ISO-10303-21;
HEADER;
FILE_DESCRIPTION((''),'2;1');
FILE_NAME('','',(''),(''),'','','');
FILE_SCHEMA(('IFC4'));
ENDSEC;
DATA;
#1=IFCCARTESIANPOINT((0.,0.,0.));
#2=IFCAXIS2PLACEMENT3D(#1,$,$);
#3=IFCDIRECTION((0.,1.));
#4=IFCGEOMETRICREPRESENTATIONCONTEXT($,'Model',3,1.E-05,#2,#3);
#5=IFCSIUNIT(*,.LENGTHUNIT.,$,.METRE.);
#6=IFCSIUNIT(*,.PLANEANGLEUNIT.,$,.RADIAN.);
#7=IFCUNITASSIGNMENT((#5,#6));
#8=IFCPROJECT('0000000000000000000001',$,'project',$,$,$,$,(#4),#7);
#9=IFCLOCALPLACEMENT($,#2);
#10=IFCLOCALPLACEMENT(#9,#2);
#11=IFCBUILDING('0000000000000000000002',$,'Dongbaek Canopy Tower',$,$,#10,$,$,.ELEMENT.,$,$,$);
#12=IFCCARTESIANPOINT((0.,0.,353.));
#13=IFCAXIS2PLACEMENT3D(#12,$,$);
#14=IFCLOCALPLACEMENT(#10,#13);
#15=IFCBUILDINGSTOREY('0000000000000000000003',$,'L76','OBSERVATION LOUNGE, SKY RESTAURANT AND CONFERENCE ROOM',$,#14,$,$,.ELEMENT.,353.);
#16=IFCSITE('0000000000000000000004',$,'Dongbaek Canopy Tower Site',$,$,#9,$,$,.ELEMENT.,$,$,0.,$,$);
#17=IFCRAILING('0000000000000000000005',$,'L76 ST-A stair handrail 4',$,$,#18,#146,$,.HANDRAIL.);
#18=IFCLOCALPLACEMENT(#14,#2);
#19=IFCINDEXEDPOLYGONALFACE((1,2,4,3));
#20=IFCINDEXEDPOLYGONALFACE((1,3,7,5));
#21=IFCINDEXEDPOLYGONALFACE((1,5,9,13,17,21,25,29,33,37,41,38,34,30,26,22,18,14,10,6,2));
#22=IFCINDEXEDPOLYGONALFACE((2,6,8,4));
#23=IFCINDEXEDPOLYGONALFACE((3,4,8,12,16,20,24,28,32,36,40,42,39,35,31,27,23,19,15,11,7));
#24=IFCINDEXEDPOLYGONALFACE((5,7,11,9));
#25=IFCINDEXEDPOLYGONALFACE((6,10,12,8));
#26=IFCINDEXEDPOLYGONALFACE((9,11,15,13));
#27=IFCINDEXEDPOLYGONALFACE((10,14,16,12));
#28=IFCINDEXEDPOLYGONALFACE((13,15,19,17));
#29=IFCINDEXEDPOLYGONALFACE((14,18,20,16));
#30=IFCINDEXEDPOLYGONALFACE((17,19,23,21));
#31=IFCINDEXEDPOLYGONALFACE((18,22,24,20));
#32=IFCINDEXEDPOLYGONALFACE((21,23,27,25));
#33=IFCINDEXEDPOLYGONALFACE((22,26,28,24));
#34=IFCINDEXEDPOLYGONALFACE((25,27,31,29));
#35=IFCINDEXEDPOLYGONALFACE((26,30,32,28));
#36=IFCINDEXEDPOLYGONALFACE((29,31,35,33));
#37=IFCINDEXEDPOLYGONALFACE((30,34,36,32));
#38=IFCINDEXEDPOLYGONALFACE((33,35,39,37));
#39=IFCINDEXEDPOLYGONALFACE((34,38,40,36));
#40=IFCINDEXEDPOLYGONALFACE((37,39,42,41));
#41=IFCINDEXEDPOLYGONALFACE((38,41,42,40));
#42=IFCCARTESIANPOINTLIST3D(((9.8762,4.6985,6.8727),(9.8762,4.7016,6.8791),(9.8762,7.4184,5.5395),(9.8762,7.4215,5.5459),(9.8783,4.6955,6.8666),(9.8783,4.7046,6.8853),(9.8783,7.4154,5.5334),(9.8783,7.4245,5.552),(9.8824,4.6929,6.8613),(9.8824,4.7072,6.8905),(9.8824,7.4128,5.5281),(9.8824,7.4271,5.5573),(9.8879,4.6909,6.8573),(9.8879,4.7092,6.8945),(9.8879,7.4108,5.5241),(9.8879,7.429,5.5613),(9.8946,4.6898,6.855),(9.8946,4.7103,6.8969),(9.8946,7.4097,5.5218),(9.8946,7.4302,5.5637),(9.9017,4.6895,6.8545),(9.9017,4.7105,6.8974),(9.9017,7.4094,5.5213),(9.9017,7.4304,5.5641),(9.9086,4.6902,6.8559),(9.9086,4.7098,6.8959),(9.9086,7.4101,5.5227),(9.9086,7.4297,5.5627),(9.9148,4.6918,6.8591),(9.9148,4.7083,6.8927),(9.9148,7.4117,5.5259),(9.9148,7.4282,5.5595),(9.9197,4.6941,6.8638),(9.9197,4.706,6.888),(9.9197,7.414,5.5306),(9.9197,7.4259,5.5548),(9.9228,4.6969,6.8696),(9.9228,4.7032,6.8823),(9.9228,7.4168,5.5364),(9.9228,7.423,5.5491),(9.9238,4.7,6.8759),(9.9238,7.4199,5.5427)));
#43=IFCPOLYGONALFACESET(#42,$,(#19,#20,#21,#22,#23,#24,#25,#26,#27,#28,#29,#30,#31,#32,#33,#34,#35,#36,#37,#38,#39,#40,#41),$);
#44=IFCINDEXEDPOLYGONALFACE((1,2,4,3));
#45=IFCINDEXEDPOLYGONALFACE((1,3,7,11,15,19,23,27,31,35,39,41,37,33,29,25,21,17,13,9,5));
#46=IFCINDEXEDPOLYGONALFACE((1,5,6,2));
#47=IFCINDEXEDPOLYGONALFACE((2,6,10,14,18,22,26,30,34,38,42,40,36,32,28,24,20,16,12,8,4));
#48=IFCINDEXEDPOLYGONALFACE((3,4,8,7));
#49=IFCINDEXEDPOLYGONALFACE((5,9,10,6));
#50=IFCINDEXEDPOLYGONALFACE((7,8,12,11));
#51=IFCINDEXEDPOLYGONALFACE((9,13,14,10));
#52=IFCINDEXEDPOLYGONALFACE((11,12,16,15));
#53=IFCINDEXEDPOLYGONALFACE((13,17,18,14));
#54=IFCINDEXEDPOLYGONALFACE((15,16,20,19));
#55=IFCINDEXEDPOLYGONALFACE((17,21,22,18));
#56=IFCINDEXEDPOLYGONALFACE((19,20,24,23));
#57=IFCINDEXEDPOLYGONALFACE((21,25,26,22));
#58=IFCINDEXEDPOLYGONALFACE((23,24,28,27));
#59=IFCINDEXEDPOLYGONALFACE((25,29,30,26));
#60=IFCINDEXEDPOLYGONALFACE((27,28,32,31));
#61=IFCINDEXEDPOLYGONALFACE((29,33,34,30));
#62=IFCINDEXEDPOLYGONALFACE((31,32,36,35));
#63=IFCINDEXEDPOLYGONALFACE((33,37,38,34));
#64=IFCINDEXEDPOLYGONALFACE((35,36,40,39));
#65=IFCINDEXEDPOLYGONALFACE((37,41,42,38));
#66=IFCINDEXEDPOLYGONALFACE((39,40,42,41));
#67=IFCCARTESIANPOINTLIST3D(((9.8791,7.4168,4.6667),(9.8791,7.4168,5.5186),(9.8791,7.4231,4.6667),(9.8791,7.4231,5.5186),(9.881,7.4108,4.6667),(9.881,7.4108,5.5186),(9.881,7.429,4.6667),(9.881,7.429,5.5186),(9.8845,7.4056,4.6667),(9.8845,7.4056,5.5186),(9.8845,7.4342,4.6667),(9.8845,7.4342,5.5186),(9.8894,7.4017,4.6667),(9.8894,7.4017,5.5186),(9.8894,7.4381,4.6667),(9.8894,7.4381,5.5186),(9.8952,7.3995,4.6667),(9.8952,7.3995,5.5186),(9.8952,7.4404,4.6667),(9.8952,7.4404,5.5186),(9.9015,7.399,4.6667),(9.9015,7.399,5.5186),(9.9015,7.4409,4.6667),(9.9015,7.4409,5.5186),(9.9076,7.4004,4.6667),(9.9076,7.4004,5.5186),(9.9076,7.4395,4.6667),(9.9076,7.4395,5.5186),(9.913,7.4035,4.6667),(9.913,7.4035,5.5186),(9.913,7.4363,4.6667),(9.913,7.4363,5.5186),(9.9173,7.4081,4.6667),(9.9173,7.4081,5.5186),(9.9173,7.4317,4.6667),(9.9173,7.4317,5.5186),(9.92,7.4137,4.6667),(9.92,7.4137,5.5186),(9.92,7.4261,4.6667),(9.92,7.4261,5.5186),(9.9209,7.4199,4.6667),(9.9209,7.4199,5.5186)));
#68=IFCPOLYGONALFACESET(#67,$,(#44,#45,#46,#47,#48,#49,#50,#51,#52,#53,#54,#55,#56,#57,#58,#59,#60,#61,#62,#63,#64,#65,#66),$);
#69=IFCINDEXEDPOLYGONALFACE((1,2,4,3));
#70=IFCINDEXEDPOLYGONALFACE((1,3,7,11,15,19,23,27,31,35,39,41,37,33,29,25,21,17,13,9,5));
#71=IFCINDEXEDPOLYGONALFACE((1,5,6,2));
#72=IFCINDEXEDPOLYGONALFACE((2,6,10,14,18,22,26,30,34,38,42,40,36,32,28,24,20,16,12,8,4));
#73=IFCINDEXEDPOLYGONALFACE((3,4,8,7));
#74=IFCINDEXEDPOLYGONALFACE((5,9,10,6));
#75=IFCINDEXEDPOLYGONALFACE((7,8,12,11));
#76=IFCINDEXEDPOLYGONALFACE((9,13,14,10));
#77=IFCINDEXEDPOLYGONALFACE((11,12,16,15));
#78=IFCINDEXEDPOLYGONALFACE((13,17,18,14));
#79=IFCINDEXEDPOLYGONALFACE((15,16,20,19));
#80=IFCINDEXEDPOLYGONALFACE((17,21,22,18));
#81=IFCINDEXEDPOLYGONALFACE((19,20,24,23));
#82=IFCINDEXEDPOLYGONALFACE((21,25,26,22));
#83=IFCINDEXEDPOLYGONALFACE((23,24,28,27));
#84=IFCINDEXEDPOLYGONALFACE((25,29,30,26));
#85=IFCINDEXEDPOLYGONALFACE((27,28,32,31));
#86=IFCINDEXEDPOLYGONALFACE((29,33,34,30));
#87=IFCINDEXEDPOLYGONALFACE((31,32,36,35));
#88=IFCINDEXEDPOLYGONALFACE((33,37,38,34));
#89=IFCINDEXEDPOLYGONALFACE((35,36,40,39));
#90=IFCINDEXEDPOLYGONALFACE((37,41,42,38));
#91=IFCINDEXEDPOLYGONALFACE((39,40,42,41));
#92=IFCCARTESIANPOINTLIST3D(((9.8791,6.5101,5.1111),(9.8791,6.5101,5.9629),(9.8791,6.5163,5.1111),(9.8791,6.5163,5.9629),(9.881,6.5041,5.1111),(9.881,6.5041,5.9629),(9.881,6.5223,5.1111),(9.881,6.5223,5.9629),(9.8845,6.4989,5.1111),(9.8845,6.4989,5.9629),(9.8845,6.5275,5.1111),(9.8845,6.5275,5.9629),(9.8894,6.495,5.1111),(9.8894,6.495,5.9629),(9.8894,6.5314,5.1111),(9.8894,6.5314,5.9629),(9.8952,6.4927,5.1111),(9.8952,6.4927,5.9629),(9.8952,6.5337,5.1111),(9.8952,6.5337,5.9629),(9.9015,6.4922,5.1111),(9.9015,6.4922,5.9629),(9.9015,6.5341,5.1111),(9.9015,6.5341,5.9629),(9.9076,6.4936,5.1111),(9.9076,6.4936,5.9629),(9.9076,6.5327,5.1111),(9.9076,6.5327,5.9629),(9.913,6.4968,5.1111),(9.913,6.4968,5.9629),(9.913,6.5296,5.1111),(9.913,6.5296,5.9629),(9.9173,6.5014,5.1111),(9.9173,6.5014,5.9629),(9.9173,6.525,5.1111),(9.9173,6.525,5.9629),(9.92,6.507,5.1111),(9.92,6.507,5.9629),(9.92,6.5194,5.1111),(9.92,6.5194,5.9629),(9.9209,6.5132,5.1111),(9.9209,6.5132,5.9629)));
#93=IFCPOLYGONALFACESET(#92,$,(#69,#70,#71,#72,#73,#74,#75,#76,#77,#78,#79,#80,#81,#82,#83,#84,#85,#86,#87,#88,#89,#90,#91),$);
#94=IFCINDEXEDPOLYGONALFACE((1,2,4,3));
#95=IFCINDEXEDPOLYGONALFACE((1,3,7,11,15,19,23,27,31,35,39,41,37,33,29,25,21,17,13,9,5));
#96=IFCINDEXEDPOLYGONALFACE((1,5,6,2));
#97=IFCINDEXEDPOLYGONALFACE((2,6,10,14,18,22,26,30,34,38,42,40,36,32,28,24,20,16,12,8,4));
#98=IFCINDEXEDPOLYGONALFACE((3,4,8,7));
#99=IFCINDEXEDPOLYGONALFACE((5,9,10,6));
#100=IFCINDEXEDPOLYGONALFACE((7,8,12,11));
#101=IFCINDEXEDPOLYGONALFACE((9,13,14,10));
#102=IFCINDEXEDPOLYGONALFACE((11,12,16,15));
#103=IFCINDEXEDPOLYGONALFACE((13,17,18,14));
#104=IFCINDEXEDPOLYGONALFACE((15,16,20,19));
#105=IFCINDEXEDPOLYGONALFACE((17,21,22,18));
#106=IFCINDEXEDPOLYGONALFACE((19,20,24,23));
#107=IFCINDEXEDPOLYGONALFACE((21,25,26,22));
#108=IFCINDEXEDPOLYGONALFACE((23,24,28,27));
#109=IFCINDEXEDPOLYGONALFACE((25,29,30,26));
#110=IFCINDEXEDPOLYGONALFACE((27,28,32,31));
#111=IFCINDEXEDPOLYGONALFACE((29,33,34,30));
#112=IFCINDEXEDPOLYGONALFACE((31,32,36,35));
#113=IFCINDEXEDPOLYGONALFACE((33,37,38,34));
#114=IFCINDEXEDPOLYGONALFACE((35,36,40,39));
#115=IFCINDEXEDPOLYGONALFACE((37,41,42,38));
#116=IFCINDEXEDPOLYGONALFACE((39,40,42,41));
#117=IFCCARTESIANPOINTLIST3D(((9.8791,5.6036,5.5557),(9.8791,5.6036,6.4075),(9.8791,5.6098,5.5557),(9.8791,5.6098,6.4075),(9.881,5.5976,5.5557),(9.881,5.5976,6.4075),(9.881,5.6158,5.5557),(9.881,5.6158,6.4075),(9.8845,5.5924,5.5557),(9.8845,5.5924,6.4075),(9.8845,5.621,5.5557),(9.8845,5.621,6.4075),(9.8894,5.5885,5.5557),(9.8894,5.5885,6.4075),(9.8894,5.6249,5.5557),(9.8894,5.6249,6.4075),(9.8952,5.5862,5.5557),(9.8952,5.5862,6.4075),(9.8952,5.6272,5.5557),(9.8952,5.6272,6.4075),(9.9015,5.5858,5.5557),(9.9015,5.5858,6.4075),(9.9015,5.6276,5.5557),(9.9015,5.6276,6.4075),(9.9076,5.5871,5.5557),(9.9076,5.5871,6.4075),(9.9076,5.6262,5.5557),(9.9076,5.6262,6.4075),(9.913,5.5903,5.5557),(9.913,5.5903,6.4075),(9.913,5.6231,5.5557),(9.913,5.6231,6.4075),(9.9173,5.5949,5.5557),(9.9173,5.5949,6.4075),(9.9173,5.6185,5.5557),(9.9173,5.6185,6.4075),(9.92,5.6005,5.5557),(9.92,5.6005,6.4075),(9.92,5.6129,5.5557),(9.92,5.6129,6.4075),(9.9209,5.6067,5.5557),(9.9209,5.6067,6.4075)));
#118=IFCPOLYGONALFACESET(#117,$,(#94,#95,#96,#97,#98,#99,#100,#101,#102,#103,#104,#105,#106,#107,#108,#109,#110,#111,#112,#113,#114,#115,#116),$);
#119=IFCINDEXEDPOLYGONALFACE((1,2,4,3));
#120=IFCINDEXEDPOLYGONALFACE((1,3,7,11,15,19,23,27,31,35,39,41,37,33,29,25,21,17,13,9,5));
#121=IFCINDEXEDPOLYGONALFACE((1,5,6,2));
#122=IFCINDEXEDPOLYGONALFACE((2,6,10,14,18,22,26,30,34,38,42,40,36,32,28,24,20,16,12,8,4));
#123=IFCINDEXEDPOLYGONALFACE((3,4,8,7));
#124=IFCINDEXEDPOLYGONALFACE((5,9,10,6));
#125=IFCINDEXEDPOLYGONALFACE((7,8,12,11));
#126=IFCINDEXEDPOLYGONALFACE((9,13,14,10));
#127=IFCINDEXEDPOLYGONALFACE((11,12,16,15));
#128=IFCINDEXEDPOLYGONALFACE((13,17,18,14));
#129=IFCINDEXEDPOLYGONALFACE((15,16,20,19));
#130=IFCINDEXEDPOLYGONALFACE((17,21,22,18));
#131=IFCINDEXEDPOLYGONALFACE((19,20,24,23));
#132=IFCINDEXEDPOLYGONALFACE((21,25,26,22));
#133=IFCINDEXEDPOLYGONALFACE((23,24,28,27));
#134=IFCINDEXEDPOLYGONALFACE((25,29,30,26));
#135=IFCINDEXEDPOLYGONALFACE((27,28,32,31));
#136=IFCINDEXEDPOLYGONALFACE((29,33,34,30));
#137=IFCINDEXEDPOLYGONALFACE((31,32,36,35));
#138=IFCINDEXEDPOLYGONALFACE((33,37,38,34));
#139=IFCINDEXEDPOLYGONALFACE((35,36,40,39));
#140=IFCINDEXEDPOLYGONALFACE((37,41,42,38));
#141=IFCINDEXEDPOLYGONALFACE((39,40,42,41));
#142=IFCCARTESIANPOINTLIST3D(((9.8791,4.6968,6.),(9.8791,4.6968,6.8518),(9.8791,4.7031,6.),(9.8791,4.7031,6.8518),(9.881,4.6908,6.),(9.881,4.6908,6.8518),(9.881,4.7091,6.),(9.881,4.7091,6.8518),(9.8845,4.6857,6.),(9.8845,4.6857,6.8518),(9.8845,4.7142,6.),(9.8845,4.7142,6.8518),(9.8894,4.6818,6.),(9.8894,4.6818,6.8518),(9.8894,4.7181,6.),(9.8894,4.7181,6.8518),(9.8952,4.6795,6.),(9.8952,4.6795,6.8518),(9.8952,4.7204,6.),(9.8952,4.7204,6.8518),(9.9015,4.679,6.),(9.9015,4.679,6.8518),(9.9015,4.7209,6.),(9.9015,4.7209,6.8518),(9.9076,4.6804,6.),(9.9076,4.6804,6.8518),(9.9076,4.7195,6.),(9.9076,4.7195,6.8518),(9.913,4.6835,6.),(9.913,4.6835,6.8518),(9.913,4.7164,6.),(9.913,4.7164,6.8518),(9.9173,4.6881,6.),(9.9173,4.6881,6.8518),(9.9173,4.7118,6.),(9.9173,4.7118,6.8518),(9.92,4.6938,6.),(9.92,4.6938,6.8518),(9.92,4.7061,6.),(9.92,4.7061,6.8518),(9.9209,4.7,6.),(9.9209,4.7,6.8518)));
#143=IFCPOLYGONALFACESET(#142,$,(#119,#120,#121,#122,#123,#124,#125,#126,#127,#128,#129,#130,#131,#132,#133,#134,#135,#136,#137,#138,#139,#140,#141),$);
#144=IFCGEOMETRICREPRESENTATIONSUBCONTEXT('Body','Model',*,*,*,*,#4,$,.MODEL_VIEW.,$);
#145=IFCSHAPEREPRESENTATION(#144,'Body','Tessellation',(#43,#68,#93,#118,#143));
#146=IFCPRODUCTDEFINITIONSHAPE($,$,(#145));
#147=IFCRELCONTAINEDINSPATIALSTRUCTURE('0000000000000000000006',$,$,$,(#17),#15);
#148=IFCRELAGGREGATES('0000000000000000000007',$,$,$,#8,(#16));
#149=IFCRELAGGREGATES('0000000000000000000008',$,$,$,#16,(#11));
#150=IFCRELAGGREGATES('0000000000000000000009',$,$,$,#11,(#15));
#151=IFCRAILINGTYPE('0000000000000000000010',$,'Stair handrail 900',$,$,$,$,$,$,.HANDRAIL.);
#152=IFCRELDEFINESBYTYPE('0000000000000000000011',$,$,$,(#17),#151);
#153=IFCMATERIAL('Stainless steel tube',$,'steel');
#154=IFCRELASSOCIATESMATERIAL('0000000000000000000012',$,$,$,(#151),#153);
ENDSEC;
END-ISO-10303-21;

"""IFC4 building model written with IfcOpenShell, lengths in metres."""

from ifc_helpers import new_model, si_unit, direction, frame, origin, origin_2d, place, context, subcontext, project, spatial, circle, extrude, material, type_object, element, save


model = new_model("IFC4")

# Units and contexts
model_context = context("Model", 3, precision=1e-05, world=origin(), true_north=direction((0.0, 1.0)))
body_context = subcontext(model_context, "Body", "Model", "MODEL_VIEW")
ifc_project = project(units=[si_unit("LENGTHUNIT", "METRE"), si_unit("PLANEANGLEUNIT", "RADIAN")], contexts=[model_context])

# Site, building, storey
site_placement = place(None, origin())
site = spatial("IfcSite", under=ifc_project, at=site_placement, Name="Dongbaek Canopy Tower Site", CompositionType="ELEMENT", RefElevation=0.0)
building_placement = place(site_placement, origin())
building = spatial("IfcBuilding", under=site, at=building_placement, Name="Dongbaek Canopy Tower", CompositionType="ELEMENT")
storey_placement = place(building_placement, frame((0.0, 0.0, 353.0)))
storey = spatial("IfcBuildingStorey", under=building, at=storey_placement, Name="L76", Description="OBSERVATION LOUNGE, SKY RESTAURANT AND CONFERENCE ROOM", CompositionType="ELEMENT", Elevation=353.0)

# Railing
ifc_material_1 = material(Name="Stainless steel tube", Category="steel")
railing_type_1 = type_object("IfcRailingType", Name="Stair handrail 900", PredefinedType="HANDRAIL", material=ifc_material_1)
railing_1_placement = place(storey_placement, frame((9.8999, 7.4199, 4.6667)))
element("IfcRailing", 1, at=railing_1_placement, inside=storey, type_object=railing_type_1, Name="L76 ST-A stair handrail 4", PredefinedType="HANDRAIL", context=body_context, shape_type="SweptSolid", body=[
    extrude(circle(Radius=0.0239, at=origin_2d()), frame((0.0, 0.0, 0.876), z_axis=(0.0, -0.897929, 0.440139), x_axis=(1.0, 0.0, 0.0)), (0.0, 0.0, 1.0), 3.0291),
    extrude(circle(Radius=0.021, at=origin_2d()), origin(), (0.0, 0.0, 1.0), 0.8518),
    extrude(circle(Radius=0.021, at=origin_2d()), frame((0.0, -0.9067, 0.4443)), (0.0, 0.0, 1.0), 0.8518),
    extrude(circle(Radius=0.021, at=origin_2d()), frame((0.0, -1.8132, 0.8889)), (0.0, 0.0, 1.0), 0.8518),
    extrude(circle(Radius=0.021, at=origin_2d()), frame((0.0, -2.72, 1.3333)), (0.0, 0.0, 1.0), 0.8518),
])

save(model, "model.ifc")
